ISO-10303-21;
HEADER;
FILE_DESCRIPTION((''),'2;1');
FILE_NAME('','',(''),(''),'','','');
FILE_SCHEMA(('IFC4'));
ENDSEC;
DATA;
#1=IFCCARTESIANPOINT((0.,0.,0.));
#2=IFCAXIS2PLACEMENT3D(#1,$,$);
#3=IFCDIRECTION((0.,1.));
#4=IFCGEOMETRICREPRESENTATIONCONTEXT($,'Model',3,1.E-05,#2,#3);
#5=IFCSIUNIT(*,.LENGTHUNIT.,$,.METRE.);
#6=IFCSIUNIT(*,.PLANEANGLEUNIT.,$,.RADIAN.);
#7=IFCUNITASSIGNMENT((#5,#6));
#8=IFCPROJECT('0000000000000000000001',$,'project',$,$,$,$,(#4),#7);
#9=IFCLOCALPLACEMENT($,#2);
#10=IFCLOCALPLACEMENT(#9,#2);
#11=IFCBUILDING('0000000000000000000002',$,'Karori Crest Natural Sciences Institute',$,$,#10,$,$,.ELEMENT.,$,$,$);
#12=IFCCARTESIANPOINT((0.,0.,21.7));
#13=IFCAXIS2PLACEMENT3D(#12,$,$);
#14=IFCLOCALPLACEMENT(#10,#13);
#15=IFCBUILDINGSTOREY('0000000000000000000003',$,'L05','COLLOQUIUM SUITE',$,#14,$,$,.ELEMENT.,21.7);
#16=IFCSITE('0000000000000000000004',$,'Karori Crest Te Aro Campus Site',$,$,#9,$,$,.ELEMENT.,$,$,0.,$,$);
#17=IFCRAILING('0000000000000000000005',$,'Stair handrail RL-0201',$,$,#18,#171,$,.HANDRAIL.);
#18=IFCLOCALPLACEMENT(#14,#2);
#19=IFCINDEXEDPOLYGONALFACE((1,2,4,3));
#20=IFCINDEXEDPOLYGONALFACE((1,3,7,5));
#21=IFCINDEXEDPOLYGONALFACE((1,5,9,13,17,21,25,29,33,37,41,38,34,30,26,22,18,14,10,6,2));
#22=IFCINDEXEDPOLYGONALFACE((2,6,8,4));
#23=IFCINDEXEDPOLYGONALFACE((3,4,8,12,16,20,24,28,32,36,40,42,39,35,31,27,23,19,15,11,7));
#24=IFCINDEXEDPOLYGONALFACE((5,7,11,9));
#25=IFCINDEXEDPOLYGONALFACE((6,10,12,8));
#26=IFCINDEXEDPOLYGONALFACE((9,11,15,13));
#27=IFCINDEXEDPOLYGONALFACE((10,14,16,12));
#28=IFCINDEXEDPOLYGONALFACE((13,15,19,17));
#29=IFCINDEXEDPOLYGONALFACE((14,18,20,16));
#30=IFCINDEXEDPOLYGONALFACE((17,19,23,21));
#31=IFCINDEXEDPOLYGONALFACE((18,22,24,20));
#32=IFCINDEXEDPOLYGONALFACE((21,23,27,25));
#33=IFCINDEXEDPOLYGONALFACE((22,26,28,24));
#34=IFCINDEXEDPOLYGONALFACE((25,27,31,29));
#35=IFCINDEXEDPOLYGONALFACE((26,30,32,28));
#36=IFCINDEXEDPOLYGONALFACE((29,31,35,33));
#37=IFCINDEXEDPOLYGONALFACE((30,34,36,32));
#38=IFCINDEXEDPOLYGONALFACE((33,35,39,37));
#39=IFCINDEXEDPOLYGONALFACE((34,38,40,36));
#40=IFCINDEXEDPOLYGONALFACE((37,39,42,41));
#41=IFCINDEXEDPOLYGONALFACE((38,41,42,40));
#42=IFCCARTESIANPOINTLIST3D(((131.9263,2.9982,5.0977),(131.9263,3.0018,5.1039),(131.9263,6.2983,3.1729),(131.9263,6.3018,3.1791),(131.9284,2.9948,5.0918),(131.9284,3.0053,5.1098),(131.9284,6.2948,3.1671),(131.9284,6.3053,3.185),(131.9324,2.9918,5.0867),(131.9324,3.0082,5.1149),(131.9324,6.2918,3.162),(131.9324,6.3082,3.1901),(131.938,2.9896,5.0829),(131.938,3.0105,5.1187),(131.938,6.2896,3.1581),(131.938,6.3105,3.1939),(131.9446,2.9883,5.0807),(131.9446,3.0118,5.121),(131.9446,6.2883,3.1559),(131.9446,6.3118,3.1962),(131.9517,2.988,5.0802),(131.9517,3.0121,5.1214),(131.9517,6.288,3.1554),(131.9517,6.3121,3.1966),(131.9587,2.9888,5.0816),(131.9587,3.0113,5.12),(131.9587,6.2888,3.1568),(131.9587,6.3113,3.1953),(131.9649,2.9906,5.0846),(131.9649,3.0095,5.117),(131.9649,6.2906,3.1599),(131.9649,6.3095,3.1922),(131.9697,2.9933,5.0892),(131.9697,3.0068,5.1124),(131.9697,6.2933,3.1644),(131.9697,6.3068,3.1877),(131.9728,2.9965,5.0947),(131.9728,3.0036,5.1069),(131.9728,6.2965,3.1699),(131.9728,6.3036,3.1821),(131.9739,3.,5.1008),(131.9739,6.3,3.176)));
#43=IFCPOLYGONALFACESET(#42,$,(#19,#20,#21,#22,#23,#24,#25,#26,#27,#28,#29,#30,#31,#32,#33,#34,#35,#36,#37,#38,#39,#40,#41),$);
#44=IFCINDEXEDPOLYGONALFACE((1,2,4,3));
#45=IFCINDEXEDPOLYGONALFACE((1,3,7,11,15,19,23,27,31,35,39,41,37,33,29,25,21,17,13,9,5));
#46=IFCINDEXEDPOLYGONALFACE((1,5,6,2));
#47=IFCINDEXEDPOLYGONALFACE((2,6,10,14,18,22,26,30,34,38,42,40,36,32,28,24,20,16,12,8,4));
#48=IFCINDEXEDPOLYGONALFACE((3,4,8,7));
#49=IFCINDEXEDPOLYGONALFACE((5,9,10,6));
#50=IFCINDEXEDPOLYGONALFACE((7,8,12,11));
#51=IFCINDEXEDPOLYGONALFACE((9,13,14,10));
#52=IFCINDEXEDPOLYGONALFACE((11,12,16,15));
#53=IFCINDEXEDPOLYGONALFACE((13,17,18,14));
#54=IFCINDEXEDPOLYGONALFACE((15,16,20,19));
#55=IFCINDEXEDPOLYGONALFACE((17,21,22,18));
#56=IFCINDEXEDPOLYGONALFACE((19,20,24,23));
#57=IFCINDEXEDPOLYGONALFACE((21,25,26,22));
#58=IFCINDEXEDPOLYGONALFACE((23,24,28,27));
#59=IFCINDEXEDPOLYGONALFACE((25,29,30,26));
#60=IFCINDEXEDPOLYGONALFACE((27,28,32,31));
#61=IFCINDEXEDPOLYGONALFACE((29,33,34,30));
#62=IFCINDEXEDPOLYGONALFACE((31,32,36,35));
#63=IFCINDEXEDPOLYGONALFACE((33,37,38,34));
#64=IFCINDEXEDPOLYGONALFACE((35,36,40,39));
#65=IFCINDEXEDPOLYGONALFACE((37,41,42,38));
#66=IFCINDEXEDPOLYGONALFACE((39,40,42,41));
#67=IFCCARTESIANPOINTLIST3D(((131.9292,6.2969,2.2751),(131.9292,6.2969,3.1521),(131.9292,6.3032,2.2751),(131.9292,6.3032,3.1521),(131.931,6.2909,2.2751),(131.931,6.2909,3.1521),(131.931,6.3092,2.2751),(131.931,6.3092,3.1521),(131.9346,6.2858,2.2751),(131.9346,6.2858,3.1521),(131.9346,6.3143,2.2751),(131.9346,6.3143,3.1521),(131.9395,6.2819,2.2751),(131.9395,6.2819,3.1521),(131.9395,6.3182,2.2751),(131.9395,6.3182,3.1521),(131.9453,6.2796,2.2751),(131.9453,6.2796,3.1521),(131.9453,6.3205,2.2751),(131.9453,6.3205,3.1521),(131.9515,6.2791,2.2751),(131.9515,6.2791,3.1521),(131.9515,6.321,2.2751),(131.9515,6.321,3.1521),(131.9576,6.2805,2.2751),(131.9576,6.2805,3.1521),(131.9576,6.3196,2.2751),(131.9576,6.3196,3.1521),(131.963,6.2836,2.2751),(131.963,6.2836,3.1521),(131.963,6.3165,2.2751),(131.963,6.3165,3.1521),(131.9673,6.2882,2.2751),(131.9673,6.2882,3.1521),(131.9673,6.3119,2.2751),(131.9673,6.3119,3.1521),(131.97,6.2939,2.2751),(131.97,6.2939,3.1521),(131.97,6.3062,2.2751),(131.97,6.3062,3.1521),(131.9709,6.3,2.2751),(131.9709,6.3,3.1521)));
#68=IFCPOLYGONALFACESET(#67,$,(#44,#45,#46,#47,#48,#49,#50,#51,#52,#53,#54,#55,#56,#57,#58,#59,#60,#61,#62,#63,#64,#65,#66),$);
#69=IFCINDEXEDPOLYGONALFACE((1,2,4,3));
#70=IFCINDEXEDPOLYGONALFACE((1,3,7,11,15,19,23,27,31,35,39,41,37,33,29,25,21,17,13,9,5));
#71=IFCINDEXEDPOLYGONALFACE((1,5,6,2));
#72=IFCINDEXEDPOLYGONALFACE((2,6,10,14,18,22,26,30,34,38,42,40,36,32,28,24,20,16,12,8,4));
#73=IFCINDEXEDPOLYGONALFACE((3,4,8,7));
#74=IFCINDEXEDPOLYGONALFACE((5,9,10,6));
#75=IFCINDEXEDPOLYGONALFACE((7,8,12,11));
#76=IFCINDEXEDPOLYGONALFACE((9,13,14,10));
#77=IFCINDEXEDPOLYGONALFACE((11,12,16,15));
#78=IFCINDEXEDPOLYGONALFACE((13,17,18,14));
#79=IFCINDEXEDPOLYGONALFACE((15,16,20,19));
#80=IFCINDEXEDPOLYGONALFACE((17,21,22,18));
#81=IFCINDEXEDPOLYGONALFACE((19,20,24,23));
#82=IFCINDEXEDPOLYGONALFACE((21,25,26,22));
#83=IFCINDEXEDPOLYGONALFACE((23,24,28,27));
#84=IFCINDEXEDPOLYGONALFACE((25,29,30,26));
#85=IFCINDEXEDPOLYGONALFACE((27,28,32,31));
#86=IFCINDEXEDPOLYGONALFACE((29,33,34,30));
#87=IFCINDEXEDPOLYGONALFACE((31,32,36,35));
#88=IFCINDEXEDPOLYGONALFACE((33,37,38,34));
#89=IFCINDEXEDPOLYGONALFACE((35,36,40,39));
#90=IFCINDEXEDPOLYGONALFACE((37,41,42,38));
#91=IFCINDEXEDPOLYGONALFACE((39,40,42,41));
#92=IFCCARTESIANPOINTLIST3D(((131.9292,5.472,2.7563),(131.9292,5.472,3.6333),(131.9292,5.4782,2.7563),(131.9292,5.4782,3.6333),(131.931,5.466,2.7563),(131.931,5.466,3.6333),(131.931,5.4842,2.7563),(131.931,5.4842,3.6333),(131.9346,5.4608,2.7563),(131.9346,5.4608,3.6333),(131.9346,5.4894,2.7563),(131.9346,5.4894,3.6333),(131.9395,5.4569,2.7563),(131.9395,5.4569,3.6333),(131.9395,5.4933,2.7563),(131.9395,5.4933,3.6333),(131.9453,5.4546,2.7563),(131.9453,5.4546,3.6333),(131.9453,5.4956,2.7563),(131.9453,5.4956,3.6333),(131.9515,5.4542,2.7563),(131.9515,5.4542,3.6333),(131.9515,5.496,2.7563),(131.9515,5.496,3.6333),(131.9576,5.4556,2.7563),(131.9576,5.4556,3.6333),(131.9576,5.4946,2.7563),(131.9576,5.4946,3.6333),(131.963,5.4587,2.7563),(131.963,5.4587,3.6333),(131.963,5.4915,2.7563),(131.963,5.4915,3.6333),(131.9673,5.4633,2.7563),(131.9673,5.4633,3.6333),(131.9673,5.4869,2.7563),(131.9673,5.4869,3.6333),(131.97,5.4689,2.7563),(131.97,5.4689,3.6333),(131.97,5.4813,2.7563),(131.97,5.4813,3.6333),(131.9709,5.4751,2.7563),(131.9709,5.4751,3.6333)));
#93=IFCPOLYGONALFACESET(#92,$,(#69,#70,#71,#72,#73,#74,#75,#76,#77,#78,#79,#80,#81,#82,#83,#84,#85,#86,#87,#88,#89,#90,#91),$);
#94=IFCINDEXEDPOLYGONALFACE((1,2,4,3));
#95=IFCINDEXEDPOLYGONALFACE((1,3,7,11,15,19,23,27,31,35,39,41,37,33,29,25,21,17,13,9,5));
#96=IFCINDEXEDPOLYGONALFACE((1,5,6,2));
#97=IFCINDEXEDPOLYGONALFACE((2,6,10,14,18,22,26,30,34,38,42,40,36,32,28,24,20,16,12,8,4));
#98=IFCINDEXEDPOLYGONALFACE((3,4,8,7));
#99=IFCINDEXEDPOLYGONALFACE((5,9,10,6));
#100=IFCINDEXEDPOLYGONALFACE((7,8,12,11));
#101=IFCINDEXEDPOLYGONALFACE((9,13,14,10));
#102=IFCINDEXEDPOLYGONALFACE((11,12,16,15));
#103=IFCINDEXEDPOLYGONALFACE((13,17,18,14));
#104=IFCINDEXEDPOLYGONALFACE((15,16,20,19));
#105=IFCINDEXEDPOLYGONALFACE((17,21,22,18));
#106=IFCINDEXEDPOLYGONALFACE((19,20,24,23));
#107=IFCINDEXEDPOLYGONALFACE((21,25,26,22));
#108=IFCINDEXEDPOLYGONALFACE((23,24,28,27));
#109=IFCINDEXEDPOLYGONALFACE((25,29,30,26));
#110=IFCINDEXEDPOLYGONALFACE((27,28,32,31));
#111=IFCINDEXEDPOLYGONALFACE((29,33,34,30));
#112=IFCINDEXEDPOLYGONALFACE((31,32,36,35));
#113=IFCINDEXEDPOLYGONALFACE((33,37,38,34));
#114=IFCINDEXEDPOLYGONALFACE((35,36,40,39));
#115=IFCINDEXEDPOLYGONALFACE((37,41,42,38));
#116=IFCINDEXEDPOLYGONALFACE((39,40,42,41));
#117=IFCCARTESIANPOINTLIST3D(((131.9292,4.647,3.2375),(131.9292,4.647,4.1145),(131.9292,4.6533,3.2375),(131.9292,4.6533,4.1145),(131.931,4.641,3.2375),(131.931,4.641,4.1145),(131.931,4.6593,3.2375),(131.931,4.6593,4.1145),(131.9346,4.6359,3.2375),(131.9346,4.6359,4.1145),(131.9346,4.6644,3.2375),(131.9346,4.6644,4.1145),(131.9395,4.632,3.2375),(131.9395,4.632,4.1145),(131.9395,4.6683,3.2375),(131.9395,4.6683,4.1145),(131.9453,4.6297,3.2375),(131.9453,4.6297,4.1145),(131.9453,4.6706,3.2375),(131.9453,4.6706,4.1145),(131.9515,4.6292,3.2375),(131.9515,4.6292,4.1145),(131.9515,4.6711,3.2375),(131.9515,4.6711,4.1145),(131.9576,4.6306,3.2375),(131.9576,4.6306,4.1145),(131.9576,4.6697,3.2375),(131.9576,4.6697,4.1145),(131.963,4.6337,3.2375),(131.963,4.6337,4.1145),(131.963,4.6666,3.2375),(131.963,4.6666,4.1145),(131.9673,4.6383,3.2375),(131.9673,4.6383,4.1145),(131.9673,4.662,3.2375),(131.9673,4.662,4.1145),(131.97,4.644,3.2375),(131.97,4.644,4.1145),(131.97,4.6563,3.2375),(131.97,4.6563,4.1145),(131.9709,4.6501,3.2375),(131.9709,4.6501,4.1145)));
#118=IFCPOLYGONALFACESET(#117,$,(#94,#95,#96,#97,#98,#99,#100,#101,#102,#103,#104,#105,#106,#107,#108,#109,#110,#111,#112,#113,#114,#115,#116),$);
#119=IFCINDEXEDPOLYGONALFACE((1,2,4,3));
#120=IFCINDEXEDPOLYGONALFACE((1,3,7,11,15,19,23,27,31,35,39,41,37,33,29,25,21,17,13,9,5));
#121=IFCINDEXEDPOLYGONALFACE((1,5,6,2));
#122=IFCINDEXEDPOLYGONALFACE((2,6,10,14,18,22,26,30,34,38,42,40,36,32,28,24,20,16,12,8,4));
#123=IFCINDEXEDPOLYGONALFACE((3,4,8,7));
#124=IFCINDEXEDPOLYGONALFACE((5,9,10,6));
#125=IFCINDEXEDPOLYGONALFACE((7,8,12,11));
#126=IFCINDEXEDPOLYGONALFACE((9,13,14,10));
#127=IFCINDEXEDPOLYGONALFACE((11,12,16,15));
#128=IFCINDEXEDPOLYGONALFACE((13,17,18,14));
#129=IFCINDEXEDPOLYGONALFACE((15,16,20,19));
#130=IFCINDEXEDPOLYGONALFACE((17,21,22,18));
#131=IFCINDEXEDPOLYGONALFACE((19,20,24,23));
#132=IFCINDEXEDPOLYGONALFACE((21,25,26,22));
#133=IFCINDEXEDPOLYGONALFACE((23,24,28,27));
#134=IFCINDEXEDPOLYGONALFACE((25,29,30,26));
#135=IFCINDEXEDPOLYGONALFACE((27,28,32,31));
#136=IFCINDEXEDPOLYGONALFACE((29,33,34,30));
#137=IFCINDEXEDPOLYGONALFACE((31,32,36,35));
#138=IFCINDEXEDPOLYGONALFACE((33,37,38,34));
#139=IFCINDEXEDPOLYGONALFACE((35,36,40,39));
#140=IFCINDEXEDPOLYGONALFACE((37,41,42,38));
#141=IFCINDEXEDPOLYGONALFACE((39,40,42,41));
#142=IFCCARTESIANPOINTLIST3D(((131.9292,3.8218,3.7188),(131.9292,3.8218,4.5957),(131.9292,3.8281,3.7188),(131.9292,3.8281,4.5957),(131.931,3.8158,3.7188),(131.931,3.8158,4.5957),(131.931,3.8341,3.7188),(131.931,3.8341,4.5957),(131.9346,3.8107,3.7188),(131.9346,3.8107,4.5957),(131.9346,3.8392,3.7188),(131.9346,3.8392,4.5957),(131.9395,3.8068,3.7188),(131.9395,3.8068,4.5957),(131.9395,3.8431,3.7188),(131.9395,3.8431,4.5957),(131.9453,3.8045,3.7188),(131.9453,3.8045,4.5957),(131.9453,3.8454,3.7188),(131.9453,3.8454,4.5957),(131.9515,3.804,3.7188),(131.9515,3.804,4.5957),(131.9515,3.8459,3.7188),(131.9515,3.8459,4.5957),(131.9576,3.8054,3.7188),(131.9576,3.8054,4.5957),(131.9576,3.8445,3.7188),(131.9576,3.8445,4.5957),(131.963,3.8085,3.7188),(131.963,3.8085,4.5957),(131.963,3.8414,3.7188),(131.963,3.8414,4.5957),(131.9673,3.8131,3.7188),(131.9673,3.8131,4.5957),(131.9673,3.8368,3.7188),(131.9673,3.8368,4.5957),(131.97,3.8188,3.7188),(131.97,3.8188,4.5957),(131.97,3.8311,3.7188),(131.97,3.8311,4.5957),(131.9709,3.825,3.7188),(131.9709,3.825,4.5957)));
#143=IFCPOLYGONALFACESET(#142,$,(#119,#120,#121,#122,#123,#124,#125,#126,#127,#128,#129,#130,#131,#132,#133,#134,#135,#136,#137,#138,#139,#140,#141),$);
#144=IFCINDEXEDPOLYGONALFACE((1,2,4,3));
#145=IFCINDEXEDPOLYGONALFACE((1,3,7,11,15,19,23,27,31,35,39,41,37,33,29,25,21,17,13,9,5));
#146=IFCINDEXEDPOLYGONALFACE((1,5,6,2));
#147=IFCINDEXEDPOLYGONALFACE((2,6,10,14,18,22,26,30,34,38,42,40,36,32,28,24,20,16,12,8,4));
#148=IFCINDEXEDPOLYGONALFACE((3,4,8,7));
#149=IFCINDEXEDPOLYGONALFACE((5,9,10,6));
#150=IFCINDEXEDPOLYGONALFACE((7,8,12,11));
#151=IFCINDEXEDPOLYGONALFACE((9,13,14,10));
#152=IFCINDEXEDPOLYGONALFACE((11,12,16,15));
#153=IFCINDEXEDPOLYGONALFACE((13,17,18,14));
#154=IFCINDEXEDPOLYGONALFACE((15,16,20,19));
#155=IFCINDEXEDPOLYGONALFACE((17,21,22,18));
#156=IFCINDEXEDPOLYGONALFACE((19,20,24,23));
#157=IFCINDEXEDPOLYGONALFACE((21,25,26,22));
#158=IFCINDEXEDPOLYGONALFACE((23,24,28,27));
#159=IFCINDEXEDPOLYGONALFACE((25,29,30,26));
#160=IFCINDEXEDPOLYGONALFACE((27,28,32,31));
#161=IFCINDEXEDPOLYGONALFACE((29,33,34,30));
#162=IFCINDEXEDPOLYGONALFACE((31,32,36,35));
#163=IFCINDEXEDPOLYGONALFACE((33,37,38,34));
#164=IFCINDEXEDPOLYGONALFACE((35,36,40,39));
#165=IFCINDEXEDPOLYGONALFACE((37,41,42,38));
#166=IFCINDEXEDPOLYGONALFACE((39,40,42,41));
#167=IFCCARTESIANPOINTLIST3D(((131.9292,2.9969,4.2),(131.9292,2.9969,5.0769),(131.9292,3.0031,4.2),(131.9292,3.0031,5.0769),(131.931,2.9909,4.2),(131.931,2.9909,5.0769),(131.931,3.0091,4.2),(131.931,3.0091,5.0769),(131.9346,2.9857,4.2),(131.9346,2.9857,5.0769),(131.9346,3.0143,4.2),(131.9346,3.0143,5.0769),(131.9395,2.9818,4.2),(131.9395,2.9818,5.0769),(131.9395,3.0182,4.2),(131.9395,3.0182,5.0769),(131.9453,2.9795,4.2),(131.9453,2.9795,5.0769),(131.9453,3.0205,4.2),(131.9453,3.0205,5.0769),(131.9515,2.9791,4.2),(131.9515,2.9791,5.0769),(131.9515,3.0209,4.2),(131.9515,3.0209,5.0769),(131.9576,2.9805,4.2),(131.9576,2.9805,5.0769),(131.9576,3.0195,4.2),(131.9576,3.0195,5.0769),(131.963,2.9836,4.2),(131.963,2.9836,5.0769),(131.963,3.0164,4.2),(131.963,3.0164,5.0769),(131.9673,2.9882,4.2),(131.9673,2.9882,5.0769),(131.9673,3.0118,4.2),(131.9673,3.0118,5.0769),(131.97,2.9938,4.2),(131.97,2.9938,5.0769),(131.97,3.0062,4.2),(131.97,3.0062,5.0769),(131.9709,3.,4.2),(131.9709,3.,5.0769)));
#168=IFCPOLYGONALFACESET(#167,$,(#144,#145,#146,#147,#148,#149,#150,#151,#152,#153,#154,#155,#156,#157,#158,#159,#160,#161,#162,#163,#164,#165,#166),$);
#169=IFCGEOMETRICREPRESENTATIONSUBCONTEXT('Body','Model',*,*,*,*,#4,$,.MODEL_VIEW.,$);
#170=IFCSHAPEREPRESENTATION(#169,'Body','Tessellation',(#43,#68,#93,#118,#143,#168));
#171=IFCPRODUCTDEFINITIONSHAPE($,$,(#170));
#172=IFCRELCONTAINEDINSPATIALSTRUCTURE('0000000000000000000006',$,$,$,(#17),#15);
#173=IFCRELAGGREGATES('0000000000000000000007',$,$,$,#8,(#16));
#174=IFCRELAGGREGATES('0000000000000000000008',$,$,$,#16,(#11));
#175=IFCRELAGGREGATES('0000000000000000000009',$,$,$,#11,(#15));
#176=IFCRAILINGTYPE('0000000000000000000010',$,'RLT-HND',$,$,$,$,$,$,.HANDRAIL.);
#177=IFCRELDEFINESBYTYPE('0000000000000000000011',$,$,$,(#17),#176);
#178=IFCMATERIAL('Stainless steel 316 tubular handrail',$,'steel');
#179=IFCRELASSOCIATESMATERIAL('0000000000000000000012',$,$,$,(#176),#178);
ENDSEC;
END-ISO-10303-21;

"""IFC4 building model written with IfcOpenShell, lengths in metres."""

from ifc_helpers import new_model, si_unit, direction, frame, origin, origin_2d, place, context, subcontext, project, spatial, circle, extrude, material, type_object, element, save


model = new_model("IFC4")

# Units and contexts
model_context = context("Model", 3, precision=1e-05, world=origin(), true_north=direction((0.0, 1.0)))
body_context = subcontext(model_context, "Body", "Model", "MODEL_VIEW")
ifc_project = project(units=[si_unit("LENGTHUNIT", "METRE"), si_unit("PLANEANGLEUNIT", "RADIAN")], contexts=[model_context])

# Site, building, storey
site_placement = place(None, origin())
site = spatial("IfcSite", under=ifc_project, at=site_placement, Name="Karori Crest Te Aro Campus Site", CompositionType="ELEMENT", RefElevation=0.0)
building_placement = place(site_placement, origin())
building = spatial("IfcBuilding", under=site, at=building_placement, Name="Karori Crest Natural Sciences Institute", CompositionType="ELEMENT")
storey_placement = place(building_placement, frame((0.0, 0.0, 21.7)))
storey = spatial("IfcBuildingStorey", under=building, at=storey_placement, Name="L05", Description="COLLOQUIUM SUITE", CompositionType="ELEMENT", Elevation=21.7)

# Railing
ifc_material_1 = material(Name="Stainless steel 316 tubular handrail", Category="steel")
railing_type_1 = type_object("IfcRailingType", Name="RLT-HND", PredefinedType="HANDRAIL", material=ifc_material_1)
railing_1_placement = place(storey_placement, frame((131.95, 6.3, 2.2751)))
element("IfcRailing", 1, at=railing_1_placement, inside=storey, type_object=railing_type_1, Name="Stair handrail RL-0201", PredefinedType="HANDRAIL", context=body_context, shape_type="SweptSolid", body=[
    extrude(circle(Radius=0.0239, at=origin_2d()), frame((0.0, 0.0, 0.9009), z_axis=(0.0, -0.863804, 0.503827), x_axis=(1.0, 0.0, 0.0)), (0.0, 0.0, 1.0), 3.8203),
    extrude(circle(Radius=0.021, at=origin_2d()), origin(), (0.0, 0.0, 1.0), 0.877),
    extrude(circle(Radius=0.021, at=origin_2d()), frame((0.0, -0.825, 0.4812)), (0.0, 0.0, 1.0), 0.877),
    extrude(circle(Radius=0.021, at=origin_2d()), frame((0.0, -1.6499, 0.9624)), (0.0, 0.0, 1.0), 0.877),
    extrude(circle(Radius=0.021, at=origin_2d()), frame((0.0, -2.4751, 1.4436)), (0.0, 0.0, 1.0), 0.877),
    extrude(circle(Radius=0.021, at=origin_2d()), frame((0.0, -3.3, 1.9248)), (0.0, 0.0, 1.0), 0.877),
])

save(model, "model.ifc")
